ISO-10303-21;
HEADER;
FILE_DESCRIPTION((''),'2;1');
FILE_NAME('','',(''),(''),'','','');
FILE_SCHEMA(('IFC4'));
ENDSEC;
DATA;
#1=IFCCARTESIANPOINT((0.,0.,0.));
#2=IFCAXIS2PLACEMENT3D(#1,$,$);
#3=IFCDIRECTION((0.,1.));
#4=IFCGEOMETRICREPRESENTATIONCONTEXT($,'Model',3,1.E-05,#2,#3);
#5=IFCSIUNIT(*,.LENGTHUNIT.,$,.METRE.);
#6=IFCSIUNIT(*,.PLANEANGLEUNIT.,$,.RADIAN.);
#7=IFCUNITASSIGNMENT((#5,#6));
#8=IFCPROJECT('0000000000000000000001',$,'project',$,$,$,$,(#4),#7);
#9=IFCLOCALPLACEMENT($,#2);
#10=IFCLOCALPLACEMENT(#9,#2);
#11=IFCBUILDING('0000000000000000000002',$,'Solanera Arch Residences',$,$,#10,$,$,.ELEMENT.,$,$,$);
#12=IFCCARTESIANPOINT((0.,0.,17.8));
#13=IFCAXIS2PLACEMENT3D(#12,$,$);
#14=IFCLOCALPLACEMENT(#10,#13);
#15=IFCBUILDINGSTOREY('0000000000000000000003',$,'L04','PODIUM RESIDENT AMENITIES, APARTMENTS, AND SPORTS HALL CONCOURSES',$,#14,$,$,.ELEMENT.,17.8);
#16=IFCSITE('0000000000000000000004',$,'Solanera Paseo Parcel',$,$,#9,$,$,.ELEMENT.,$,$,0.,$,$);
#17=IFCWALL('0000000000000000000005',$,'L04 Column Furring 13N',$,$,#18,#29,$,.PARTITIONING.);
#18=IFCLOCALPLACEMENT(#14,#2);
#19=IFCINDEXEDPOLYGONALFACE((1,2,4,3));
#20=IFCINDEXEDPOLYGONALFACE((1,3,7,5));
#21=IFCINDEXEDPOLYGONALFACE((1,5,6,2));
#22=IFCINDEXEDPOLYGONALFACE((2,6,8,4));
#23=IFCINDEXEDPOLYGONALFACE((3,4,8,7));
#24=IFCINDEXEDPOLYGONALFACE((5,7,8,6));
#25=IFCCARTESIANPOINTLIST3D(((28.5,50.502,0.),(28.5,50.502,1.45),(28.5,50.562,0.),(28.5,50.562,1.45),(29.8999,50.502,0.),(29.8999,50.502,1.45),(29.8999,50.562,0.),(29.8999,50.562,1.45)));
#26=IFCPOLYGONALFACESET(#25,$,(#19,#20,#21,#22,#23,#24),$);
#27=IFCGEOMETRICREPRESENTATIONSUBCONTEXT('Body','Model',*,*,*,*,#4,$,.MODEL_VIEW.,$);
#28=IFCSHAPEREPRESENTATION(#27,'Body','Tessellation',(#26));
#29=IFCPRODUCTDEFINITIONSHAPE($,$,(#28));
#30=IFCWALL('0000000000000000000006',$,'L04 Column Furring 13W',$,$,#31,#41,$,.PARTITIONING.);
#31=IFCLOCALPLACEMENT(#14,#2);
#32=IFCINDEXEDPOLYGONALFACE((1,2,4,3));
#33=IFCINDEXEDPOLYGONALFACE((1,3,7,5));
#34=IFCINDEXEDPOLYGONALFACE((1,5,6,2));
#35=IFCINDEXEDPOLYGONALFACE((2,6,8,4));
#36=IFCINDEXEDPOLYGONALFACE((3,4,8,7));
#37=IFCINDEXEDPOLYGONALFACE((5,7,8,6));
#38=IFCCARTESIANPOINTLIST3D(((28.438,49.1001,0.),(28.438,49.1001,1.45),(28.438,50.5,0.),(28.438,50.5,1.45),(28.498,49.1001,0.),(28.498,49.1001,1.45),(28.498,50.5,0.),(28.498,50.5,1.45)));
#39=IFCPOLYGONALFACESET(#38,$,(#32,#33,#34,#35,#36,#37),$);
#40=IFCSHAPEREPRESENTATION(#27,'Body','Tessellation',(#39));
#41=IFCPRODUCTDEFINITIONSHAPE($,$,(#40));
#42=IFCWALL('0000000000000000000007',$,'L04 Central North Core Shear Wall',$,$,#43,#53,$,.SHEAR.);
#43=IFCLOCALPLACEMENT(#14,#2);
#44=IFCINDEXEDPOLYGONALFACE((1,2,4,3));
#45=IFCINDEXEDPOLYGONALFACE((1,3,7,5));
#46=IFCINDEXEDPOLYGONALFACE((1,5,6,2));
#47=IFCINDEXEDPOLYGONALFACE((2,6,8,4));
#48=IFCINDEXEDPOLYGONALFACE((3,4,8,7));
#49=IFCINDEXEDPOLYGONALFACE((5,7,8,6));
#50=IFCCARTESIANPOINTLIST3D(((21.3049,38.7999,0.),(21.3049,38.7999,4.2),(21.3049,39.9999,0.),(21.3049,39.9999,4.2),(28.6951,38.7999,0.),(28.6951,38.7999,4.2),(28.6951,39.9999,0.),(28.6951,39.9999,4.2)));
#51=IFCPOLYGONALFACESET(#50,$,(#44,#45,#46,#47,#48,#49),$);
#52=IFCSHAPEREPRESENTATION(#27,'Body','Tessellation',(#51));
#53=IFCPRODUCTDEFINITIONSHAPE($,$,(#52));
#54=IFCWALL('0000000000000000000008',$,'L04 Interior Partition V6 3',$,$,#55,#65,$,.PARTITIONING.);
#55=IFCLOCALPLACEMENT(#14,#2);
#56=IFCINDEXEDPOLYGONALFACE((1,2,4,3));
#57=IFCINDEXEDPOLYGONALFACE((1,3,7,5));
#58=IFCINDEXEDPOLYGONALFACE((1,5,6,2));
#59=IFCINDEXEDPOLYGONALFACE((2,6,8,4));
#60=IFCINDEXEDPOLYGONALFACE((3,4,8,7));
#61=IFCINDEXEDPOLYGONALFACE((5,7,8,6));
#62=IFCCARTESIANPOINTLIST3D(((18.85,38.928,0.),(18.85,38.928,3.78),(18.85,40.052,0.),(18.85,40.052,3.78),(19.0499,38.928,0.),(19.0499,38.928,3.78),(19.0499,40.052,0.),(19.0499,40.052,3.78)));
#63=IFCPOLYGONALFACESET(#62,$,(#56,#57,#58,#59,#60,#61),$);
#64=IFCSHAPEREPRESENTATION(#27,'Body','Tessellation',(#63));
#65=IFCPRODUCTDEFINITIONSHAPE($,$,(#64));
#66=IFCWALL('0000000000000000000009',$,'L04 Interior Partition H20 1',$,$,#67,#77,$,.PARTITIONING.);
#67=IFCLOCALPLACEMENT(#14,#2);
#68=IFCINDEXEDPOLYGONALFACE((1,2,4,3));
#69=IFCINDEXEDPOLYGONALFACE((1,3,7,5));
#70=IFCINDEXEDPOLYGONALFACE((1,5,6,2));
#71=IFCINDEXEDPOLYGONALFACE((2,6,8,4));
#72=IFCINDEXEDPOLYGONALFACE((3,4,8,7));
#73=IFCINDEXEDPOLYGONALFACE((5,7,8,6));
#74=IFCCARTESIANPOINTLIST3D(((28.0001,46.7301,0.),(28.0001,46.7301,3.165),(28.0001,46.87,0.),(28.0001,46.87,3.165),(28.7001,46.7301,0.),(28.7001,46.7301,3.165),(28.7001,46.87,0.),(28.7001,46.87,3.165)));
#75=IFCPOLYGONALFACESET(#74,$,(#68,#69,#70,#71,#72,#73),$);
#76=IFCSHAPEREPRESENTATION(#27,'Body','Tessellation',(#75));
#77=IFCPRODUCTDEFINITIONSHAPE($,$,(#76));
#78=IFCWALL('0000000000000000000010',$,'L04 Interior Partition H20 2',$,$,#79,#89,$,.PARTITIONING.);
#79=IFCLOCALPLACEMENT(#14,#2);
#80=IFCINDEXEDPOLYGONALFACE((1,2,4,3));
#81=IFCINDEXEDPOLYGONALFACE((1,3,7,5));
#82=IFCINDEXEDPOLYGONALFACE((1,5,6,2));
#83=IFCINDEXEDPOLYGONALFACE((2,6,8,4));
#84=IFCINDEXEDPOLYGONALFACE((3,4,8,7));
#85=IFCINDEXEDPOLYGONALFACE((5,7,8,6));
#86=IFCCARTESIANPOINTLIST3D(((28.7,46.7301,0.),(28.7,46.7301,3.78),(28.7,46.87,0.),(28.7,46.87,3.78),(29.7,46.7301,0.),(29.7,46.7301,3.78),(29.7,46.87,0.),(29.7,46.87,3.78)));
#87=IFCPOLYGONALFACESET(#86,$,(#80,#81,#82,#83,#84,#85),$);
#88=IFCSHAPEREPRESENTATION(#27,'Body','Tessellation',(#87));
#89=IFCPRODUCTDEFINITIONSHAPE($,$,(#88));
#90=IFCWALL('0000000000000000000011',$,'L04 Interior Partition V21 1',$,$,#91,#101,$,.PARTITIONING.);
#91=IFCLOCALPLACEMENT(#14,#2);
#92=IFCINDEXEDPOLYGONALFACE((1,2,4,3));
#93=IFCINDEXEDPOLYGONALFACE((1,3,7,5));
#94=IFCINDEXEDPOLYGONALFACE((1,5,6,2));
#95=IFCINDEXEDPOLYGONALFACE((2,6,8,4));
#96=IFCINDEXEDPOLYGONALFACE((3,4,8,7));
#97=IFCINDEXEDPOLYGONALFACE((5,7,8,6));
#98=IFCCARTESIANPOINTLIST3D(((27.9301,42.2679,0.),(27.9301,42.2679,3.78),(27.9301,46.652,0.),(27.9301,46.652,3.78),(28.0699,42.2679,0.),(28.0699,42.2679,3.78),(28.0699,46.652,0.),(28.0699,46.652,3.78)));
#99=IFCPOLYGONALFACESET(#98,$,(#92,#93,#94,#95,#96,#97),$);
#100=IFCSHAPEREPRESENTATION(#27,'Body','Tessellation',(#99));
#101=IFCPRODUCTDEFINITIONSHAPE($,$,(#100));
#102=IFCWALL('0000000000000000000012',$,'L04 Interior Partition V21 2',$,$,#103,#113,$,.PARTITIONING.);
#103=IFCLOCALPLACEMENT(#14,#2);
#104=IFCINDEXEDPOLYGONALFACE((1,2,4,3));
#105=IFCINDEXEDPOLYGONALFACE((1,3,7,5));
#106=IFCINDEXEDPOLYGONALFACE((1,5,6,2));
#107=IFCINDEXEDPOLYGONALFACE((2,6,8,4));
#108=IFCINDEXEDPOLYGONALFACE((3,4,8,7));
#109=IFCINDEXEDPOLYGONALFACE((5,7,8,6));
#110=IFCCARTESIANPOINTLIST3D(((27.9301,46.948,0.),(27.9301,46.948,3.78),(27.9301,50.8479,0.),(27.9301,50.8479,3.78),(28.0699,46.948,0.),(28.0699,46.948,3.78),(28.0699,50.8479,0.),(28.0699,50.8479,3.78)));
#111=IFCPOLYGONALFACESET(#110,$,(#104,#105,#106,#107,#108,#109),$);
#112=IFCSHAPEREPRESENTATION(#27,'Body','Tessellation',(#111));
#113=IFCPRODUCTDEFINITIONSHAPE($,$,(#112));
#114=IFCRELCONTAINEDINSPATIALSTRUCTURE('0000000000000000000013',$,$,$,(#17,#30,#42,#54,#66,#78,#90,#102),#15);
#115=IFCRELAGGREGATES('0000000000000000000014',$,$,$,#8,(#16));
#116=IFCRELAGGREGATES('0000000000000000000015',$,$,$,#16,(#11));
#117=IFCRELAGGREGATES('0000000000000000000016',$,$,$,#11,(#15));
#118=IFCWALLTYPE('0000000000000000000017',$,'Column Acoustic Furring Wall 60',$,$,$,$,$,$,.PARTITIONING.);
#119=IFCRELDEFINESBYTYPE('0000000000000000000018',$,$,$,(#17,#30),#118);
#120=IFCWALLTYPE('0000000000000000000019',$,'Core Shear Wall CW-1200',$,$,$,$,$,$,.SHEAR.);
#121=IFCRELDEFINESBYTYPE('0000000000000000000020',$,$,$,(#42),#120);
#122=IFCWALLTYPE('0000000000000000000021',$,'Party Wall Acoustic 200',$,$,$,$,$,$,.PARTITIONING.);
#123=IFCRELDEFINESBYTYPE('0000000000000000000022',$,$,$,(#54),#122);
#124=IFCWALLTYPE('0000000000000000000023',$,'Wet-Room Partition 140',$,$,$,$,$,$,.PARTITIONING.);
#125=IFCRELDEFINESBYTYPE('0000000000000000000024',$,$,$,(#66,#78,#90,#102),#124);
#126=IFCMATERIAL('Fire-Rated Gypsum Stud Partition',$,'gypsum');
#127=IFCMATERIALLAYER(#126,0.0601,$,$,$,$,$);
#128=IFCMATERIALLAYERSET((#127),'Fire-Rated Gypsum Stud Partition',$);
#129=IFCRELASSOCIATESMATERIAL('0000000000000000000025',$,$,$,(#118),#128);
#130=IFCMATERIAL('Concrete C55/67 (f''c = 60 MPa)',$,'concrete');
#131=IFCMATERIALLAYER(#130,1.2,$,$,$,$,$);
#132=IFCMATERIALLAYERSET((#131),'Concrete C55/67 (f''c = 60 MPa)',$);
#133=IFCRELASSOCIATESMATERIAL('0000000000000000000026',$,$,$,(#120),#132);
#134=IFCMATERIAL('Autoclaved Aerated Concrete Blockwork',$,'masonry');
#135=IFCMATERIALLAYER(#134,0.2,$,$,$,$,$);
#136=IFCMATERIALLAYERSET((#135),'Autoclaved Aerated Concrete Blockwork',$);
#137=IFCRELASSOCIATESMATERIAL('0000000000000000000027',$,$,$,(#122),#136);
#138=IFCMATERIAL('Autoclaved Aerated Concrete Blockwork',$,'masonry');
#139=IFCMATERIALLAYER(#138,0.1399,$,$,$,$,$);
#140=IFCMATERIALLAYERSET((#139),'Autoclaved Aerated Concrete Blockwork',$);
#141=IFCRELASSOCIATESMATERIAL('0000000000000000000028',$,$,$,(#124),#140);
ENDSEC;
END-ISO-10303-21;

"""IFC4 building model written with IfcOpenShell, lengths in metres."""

from ifc_helpers import new_model, si_unit, direction, frame, frame_2d, origin, place, context, subcontext, project, spatial, rectangle, extrude, material, layer, layer_set, type_object, element, save


model = new_model("IFC4")

# Units and contexts
model_context = context("Model", 3, precision=1e-05, world=origin(), true_north=direction((0.0, 1.0)))
body_context = subcontext(model_context, "Body", "Model", "MODEL_VIEW")
ifc_project = project(units=[si_unit("LENGTHUNIT", "METRE"), si_unit("PLANEANGLEUNIT", "RADIAN")], contexts=[model_context])

# Site, building, storey
site_placement = place(None, origin())
site = spatial("IfcSite", under=ifc_project, at=site_placement, Name="Solanera Paseo Parcel", CompositionType="ELEMENT", RefElevation=0.0)
building_placement = place(site_placement, origin())
building = spatial("IfcBuilding", under=site, at=building_placement, Name="Solanera Arch Residences", CompositionType="ELEMENT")
storey_placement = place(building_placement, frame((0.0, 0.0, 17.8)))
storey = spatial("IfcBuildingStorey", under=building, at=storey_placement, Name="L04", Description="PODIUM RESIDENT AMENITIES, APARTMENTS, AND SPORTS HALL CONCOURSES", CompositionType="ELEMENT", Elevation=17.8)

# Walls
ifc_material_1 = material(Name="Fire-Rated Gypsum Stud Partition", Category="gypsum")
ifc_layer_1 = layer(ifc_material_1, 0.0601)
ifc_layer_set_1 = layer_set([ifc_layer_1], Name="Fire-Rated Gypsum Stud Partition")
wall_type_1 = type_object("IfcWallType", Name="Column Acoustic Furring Wall 60", PredefinedType="PARTITIONING", material=ifc_layer_set_1)
for number, where, z_axis, x_axis, name in (
    (1, (28.5, 50.532, 0.0), (0.0, 0.0, 1.0), (1.0, 0.0, 0.0), "L04 Column Furring 13N"),
    (2, (28.468, 49.1001, 0.0), (0.0, 0.0, 1.0), (0.0, 1.0, 0.0), "L04 Column Furring 13W"),
):
    element("IfcWall", number, at=place(storey_placement, frame(where, z_axis=z_axis, x_axis=x_axis)), inside=storey, type_object=wall_type_1, Name=name, PredefinedType="PARTITIONING", context=body_context, shape_type="SweptSolid", body=[
        extrude(rectangle(XDim=1.3999, YDim=0.0601, at=frame_2d((0.7, 0.0))), origin(), (0.0, 0.0, 1.0), 1.45),
    ])
ifc_material_2 = material(Name="Concrete C55/67 (f'c = 60 MPa)", Category="concrete")
ifc_layer_2 = layer(ifc_material_2, 1.2)
ifc_layer_set_2 = layer_set([ifc_layer_2], Name="Concrete C55/67 (f'c = 60 MPa)")
wall_type_2 = type_object("IfcWallType", Name="Core Shear Wall CW-1200", PredefinedType="SHEAR", material=ifc_layer_set_2)
wall_1_placement = place(storey_placement, frame((21.3049, 39.3999, 0.0), z_axis=(0.0, 0.0, 1.0), x_axis=(1.0, 0.0, 0.0)))
element("IfcWall", 3, at=wall_1_placement, inside=storey, type_object=wall_type_2, Name="L04 Central North Core Shear Wall", PredefinedType="SHEAR", context=body_context, shape_type="SweptSolid", body=[
    extrude(rectangle(XDim=7.3901, YDim=1.2, at=frame_2d((3.6951, 0.0))), origin(), (0.0, 0.0, 1.0), 4.2),
])
ifc_material_3 = material(Name="Autoclaved Aerated Concrete Blockwork", Category="masonry")
ifc_layer_3 = layer(ifc_material_3, 0.2)
ifc_layer_set_3 = layer_set([ifc_layer_3], Name="Autoclaved Aerated Concrete Blockwork")
wall_type_3 = type_object("IfcWallType", Name="Party Wall Acoustic 200", PredefinedType="PARTITIONING", material=ifc_layer_set_3)
wall_2_placement = place(storey_placement, frame((18.95, 38.928, 0.0), z_axis=(0.0, 0.0, 1.0), x_axis=(0.0, 1.0, 0.0)))
element("IfcWall", 4, at=wall_2_placement, inside=storey, type_object=wall_type_3, Name="L04 Interior Partition V6 3", PredefinedType="PARTITIONING", context=body_context, shape_type="SweptSolid", body=[
    extrude(rectangle(XDim=1.124, YDim=0.2, at=frame_2d((0.562, 0.0))), origin(), (0.0, 0.0, 1.0), 3.78),
])
ifc_material_4 = material(Name="Autoclaved Aerated Concrete Blockwork", Category="masonry")
ifc_layer_4 = layer(ifc_material_4, 0.1399)
ifc_layer_set_4 = layer_set([ifc_layer_4], Name="Autoclaved Aerated Concrete Blockwork")
wall_type_4 = type_object("IfcWallType", Name="Wet-Room Partition 140", PredefinedType="PARTITIONING", material=ifc_layer_set_4)
wall_3_placement = place(storey_placement, frame((28.0, 46.8, 0.0), z_axis=(0.0, 0.0, 1.0), x_axis=(1.0, 0.0, 0.0)))
element("IfcWall", 5, at=wall_3_placement, inside=storey, type_object=wall_type_4, Name="L04 Interior Partition H20 1", PredefinedType="PARTITIONING", context=body_context, shape_type="SweptSolid", body=[
    extrude(rectangle(XDim=0.7, YDim=0.1399, at=frame_2d((0.3501, 0.0))), origin(), (0.0, 0.0, 1.0), 3.165),
])
wall_4_placement = place(storey_placement, frame((28.7, 46.8, 0.0), z_axis=(0.0, 0.0, 1.0), x_axis=(1.0, 0.0, 0.0)))
element("IfcWall", 6, at=wall_4_placement, inside=storey, type_object=wall_type_4, Name="L04 Interior Partition H20 2", PredefinedType="PARTITIONING", context=body_context, shape_type="SweptSolid", body=[
    extrude(rectangle(XDim=1.0, YDim=0.1399, at=frame_2d((0.5, 0.0))), origin(), (0.0, 0.0, 1.0), 3.78),
])
wall_5_placement = place(storey_placement, frame((28.0, 42.2681, 0.0), z_axis=(0.0, 0.0, 1.0), x_axis=(0.0, 1.0, 0.0)))
element("IfcWall", 7, at=wall_5_placement, inside=storey, type_object=wall_type_4, Name="L04 Interior Partition V21 1", PredefinedType="PARTITIONING", context=body_context, shape_type="SweptSolid", body=[
    extrude(rectangle(XDim=4.384, YDim=0.1399, at=frame_2d((2.1919, 0.0))), origin(), (0.0, 0.0, 1.0), 3.78),
])
wall_6_placement = place(storey_placement, frame((28.0, 46.948, 0.0), z_axis=(0.0, 0.0, 1.0), x_axis=(0.0, 1.0, 0.0)))
element("IfcWall", 8, at=wall_6_placement, inside=storey, type_object=wall_type_4, Name="L04 Interior Partition V21 2", PredefinedType="PARTITIONING", context=body_context, shape_type="SweptSolid", body=[
    extrude(rectangle(XDim=3.8999, YDim=0.1399, at=frame_2d((1.95, 0.0))), origin(), (0.0, 0.0, 1.0), 3.78),
])

save(model, "model.ifc")
